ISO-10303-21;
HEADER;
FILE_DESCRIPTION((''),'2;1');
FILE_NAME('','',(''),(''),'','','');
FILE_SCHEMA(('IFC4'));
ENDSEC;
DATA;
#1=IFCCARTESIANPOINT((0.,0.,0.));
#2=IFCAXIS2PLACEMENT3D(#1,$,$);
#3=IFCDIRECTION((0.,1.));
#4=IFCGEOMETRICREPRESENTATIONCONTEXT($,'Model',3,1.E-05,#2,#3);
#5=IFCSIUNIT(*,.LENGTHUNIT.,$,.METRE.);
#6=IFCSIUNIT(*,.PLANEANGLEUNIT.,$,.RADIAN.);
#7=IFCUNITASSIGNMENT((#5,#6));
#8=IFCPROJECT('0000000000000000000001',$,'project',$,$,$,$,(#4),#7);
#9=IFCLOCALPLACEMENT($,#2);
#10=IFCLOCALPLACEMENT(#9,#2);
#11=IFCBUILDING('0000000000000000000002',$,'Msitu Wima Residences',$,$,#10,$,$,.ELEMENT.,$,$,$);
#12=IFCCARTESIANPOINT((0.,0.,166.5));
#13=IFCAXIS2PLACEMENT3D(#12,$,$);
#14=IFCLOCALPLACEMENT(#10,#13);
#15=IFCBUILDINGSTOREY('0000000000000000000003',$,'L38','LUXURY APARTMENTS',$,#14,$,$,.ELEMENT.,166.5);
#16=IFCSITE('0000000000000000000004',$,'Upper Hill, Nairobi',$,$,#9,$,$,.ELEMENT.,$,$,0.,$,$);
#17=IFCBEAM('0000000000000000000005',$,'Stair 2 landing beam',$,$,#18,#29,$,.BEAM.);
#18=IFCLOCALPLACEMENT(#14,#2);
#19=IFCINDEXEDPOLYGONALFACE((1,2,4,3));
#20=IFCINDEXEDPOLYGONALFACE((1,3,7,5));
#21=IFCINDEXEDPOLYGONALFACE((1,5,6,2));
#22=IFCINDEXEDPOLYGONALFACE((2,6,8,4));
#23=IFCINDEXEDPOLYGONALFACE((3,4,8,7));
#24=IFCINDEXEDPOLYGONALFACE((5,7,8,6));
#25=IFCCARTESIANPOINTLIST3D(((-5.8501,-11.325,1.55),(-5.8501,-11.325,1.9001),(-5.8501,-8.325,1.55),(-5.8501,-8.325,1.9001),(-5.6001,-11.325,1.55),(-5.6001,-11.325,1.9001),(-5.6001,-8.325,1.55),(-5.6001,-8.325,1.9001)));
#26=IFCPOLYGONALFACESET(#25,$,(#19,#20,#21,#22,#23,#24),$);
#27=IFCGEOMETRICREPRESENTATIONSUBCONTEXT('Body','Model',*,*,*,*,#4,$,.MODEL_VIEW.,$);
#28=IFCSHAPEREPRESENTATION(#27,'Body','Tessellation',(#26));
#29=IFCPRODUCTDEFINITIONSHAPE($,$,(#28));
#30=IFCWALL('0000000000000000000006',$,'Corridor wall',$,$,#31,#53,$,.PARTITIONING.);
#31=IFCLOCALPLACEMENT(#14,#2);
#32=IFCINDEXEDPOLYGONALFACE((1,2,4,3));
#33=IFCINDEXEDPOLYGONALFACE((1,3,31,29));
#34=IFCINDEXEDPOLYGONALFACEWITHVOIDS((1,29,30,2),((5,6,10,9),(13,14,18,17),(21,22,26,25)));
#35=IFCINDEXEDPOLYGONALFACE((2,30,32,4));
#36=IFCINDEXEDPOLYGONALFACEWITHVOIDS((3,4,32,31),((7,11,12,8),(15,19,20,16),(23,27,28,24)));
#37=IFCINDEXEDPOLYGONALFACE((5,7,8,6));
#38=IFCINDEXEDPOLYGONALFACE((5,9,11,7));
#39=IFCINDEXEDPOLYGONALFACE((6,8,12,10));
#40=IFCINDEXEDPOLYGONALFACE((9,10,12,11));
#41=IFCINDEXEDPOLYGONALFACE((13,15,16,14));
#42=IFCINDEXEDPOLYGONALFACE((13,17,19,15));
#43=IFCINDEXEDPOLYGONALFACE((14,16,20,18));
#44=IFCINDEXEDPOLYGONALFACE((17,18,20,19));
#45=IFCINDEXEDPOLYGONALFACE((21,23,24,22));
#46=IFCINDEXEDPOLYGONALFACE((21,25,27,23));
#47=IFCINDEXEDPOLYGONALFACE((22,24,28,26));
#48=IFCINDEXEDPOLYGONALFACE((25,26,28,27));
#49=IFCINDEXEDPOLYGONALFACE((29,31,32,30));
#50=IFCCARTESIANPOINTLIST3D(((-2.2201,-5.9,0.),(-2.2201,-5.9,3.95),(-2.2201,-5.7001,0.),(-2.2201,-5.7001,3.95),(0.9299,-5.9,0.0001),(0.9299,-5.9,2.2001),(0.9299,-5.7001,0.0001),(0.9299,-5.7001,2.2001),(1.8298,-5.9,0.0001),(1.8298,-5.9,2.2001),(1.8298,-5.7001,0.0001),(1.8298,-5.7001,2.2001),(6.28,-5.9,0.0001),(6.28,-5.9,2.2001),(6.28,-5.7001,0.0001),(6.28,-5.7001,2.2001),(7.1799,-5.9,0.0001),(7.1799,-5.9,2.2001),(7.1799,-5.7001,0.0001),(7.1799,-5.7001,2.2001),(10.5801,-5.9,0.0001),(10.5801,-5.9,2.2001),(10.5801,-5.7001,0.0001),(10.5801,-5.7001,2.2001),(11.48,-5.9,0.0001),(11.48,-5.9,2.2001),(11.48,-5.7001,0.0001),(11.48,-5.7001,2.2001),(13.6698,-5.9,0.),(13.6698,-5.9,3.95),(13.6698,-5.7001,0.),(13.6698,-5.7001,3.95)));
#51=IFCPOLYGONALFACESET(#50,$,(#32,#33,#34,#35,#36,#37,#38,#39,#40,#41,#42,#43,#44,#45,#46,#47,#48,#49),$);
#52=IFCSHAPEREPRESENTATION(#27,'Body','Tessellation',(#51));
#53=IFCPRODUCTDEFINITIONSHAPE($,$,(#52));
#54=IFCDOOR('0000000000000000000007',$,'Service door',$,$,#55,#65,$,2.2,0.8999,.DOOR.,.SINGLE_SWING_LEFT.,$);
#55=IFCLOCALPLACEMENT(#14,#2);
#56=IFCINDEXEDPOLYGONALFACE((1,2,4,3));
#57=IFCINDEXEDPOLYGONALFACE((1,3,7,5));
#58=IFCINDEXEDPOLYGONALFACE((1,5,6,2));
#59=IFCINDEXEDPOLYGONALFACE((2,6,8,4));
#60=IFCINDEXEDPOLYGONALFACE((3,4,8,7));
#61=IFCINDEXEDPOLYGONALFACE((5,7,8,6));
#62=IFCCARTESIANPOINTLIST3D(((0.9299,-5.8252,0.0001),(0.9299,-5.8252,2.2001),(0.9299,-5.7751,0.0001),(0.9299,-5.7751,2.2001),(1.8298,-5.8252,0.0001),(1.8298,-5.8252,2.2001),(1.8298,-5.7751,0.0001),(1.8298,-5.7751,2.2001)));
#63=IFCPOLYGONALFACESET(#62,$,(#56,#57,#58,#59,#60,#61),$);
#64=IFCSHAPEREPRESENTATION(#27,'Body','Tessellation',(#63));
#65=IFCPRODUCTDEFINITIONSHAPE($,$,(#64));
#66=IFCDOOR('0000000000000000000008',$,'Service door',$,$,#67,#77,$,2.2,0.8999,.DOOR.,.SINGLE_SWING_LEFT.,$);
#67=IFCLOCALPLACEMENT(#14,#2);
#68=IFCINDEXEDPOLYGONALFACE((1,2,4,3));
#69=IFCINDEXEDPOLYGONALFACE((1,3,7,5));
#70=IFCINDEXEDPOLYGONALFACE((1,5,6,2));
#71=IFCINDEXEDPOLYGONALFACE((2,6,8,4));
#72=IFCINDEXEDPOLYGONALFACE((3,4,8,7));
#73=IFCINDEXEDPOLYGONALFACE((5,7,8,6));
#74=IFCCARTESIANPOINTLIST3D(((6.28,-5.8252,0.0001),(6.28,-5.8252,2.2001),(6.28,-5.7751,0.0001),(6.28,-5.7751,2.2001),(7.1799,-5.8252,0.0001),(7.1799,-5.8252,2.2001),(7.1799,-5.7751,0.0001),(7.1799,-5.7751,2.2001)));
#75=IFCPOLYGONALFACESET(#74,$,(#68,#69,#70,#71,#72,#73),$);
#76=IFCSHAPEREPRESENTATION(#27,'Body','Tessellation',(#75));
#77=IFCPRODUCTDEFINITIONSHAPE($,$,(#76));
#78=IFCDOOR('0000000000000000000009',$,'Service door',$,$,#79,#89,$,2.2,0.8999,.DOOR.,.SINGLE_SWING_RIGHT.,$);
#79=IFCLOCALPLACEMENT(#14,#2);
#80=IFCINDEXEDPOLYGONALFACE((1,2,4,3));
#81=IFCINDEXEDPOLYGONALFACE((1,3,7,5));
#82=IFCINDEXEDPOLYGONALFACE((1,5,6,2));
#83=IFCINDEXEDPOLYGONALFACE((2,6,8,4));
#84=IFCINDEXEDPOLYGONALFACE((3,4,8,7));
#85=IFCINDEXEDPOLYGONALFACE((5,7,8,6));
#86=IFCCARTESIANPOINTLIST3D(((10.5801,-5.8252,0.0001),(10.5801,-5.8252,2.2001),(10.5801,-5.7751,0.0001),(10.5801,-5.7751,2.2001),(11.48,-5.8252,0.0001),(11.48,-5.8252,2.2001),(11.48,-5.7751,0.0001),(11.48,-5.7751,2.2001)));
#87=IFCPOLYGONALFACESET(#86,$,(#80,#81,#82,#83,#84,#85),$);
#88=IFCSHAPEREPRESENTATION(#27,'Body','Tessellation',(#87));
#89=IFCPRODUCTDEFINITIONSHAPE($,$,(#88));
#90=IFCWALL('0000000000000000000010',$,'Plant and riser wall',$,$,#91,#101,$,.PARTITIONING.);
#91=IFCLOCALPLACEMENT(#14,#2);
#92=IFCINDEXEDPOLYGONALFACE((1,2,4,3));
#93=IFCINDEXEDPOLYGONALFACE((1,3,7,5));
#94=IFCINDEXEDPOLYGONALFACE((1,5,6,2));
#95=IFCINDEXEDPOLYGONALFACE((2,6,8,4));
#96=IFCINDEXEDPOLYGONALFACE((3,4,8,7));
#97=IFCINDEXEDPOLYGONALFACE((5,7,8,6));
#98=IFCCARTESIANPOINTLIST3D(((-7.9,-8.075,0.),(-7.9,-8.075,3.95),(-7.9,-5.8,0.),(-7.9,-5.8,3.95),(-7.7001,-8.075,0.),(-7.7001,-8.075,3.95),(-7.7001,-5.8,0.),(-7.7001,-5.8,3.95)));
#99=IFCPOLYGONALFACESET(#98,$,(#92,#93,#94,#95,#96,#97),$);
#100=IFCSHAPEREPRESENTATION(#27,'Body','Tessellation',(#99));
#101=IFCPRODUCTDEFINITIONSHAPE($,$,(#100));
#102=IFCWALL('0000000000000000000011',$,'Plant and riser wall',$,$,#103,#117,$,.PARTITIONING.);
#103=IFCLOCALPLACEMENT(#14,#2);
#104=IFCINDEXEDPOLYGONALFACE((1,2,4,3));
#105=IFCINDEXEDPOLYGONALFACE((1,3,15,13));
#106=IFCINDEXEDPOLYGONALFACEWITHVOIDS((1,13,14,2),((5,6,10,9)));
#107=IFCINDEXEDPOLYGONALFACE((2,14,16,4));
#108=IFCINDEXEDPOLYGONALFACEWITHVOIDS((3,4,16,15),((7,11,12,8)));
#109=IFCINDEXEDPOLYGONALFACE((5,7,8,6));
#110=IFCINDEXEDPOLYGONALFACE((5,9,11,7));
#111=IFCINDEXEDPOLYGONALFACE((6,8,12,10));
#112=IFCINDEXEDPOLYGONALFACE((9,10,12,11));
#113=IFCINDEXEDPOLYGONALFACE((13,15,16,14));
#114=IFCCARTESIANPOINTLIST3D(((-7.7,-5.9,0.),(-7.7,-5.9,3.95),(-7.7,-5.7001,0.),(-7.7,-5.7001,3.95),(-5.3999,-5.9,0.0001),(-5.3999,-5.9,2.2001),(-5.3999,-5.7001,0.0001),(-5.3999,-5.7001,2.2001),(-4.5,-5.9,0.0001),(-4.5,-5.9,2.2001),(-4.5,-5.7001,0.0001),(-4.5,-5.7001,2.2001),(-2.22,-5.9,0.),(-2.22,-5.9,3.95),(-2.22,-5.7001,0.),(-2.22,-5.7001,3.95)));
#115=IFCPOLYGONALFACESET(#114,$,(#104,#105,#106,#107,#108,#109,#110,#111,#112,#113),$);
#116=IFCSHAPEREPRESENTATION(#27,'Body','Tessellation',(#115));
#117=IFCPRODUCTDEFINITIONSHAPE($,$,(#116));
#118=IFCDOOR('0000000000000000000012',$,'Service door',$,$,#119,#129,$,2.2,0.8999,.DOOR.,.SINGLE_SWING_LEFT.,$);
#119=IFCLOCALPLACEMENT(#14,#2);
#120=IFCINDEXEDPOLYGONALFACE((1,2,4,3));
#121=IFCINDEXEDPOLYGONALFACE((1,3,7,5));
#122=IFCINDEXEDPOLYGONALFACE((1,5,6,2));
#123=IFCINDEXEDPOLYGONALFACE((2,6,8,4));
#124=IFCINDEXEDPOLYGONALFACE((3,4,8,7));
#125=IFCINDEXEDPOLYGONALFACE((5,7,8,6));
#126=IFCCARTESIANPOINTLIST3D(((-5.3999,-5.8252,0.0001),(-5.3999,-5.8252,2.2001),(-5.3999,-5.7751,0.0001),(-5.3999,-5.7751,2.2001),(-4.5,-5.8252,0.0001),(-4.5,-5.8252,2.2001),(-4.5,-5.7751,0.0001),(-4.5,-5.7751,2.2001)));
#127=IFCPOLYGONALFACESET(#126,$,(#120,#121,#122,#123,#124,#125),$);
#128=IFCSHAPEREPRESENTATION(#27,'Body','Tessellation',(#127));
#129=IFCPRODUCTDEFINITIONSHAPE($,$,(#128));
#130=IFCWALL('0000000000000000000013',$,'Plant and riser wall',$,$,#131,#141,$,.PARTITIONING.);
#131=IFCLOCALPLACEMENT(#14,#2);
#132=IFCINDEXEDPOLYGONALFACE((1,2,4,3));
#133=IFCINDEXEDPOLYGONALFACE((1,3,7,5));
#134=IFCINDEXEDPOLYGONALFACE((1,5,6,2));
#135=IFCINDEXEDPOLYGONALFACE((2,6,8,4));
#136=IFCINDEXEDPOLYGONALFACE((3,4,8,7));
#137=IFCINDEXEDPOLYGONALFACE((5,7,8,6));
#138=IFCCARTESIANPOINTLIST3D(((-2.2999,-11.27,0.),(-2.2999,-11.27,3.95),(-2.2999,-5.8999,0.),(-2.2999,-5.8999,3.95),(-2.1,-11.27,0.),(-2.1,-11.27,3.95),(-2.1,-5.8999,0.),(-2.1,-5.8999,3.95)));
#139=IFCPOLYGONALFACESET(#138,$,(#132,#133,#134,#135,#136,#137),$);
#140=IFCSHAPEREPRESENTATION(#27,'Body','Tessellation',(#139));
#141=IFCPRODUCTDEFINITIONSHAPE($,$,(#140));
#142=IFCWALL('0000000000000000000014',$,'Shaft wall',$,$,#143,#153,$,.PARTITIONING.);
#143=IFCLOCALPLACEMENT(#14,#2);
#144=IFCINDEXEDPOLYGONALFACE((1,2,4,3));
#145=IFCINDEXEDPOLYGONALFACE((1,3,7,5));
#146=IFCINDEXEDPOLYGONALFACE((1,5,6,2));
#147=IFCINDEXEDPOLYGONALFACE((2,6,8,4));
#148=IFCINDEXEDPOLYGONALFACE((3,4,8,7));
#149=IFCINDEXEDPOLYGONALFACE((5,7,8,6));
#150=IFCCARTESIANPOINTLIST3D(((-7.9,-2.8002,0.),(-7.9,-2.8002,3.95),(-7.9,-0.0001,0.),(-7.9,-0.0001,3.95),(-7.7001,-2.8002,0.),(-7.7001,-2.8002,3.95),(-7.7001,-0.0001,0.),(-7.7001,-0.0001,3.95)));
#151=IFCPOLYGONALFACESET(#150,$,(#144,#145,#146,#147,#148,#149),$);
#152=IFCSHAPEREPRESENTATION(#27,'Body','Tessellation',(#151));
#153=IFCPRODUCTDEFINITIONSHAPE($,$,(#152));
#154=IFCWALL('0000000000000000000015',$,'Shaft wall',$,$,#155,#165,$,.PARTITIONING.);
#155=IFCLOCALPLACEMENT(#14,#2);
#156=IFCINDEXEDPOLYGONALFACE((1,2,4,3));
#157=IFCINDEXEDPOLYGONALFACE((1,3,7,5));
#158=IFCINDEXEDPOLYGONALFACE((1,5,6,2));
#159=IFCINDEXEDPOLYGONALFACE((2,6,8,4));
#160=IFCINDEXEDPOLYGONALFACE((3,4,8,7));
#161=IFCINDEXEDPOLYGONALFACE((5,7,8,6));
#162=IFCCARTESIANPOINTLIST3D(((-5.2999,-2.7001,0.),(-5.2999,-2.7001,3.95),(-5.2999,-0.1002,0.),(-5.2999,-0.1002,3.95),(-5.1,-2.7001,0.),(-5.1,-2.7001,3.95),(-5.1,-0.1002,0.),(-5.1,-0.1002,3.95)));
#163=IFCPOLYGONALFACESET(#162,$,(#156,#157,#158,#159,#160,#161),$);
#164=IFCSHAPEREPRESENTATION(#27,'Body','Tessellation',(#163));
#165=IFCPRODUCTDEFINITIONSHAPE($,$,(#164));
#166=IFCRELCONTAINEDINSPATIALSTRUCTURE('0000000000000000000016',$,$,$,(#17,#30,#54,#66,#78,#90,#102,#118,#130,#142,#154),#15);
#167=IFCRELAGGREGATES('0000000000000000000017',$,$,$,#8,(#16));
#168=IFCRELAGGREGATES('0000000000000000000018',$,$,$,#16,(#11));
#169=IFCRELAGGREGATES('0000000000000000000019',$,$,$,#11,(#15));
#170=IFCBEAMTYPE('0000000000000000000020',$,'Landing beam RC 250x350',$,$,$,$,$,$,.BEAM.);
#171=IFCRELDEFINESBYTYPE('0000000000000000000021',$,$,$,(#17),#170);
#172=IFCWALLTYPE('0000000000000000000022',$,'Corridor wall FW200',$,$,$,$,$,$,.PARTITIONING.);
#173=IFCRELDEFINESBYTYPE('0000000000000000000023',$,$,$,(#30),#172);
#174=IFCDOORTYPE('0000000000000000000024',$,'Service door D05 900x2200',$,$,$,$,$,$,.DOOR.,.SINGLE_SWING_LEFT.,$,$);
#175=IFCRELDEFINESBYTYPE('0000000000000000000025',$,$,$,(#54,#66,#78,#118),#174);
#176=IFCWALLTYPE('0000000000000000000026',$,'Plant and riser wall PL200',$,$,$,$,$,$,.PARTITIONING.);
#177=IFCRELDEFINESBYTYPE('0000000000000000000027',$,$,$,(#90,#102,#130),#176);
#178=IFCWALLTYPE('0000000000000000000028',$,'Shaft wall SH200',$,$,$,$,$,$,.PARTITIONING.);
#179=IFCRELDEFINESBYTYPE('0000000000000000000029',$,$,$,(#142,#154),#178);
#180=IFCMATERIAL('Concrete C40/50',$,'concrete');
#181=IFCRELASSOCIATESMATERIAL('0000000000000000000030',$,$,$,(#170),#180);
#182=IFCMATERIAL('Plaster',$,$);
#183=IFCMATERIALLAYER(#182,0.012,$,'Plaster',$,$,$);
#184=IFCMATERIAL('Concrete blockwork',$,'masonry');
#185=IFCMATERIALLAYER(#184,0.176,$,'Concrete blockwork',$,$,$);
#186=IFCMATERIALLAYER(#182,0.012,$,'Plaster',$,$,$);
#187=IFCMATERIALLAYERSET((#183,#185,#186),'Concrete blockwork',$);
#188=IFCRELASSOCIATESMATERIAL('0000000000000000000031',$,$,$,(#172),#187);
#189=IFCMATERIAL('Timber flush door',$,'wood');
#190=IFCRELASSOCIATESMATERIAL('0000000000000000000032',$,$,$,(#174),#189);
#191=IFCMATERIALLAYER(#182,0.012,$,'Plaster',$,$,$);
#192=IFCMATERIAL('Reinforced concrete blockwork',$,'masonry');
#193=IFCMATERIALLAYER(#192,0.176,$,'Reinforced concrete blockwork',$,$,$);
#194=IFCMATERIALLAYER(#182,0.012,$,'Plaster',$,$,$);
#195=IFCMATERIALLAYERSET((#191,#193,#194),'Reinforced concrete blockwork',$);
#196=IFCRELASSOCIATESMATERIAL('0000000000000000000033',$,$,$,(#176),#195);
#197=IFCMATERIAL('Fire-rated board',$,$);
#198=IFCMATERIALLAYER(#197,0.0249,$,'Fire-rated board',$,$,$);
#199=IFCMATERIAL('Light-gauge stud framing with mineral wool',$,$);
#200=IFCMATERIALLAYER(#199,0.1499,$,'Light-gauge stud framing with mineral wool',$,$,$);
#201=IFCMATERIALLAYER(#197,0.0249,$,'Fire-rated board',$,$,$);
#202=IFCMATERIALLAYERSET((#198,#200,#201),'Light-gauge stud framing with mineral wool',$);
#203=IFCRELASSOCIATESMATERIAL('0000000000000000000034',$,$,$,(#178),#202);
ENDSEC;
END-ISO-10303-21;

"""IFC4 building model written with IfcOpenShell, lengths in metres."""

from ifc_helpers import new_model, si_unit, direction, frame, frame_2d, origin, origin_2d, place, context, subcontext, project, spatial, rectangle, extrude, material, layer, layer_set, material_profile, profile_set, type_object, element, fill, save


model = new_model("IFC4")

# Units and contexts
model_context = context("Model", 3, precision=1e-05, world=origin(), true_north=direction((0.0, 1.0)))
body_context = subcontext(model_context, "Body", "Model", "MODEL_VIEW")
ifc_project = project(units=[si_unit("LENGTHUNIT", "METRE"), si_unit("PLANEANGLEUNIT", "RADIAN")], contexts=[model_context])

# Site, building, storey
site_placement = place(None, origin())
site = spatial("IfcSite", under=ifc_project, at=site_placement, Name="Upper Hill, Nairobi", CompositionType="ELEMENT", RefElevation=0.0)
building_placement = place(site_placement, origin())
building = spatial("IfcBuilding", under=site, at=building_placement, Name="Msitu Wima Residences", CompositionType="ELEMENT")
storey_placement = place(building_placement, frame((0.0, 0.0, 166.5)))
storey = spatial("IfcBuildingStorey", under=building, at=storey_placement, Name="L38", Description="LUXURY APARTMENTS", CompositionType="ELEMENT", Elevation=166.5)

# Beam
ifc_material_1 = material(Name="Concrete C40/50", Category="concrete")
ifc_material_profile = material_profile(ifc_material_1, rectangle(XDim=0.25, YDim=0.3501, at=origin_2d()), Name="RC 250x350")
ifc_profile_set = profile_set([ifc_material_profile], Name="Concrete C40/50")
beam_type = type_object("IfcBeamType", Name="Landing beam RC 250x350", PredefinedType="BEAM", material=ifc_profile_set)
beam_placement = place(storey_placement, frame((-5.7251, -11.325, 1.7251), z_axis=(0.0, 1.0, 0.0), x_axis=(-1.0, 0.0, 0.0)))
element("IfcBeam", 1, at=beam_placement, inside=storey, type_object=beam_type, Name="Stair 2 landing beam", PredefinedType="BEAM", context=body_context, shape_type="SweptSolid", body=[
    extrude(rectangle(XDim=0.25, YDim=0.3501, at=origin_2d()), origin(), (0.0, 0.0, 1.0), 3.0),
])

# Shared definitions
ifc_material_2 = material(Name="Plaster")
ifc_layer_1 = layer(ifc_material_2, 0.012, Name="Plaster")
ifc_material_3 = material(Name="Concrete blockwork", Category="masonry")
ifc_layer_2 = layer(ifc_material_3, 0.176, Name="Concrete blockwork")
ifc_layer_3 = layer(ifc_material_2, 0.012, Name="Plaster")
ifc_layer_set_1 = layer_set([ifc_layer_1, ifc_layer_2, ifc_layer_3], Name="Concrete blockwork")
wall_type_1 = type_object("IfcWallType", Name="Corridor wall FW200", PredefinedType="PARTITIONING", material=ifc_layer_set_1)

# Wall, openings, doors
wall_1_placement = place(storey_placement, frame((-2.22, -5.8, 0.0), z_axis=(0.0, 0.0, 1.0), x_axis=(1.0, 0.0, 0.0)))
wall_1 = element("IfcWall", 2, at=wall_1_placement, inside=storey, type_object=wall_type_1, Name="Corridor wall", PredefinedType="PARTITIONING", context=body_context, shape_type="SweptSolid", body=[
    extrude(rectangle(XDim=15.8899, YDim=0.2, at=frame_2d((7.9448, 0.0))), origin(), (0.0, 0.0, 1.0), 3.95),
])
opening_1_placement = place(wall_1_placement, frame((3.1499, 0.0, 0.0)))
opening_1 = element("IfcOpeningElement", 3, at=opening_1_placement, cuts=wall_1, PredefinedType="OPENING", context=body_context, shape_type="SweptSolid", body=[
    extrude(rectangle(XDim=0.8999, YDim=2.2, at=frame_2d((0.45, 1.1001))), frame((0.0, 0.1099, 0.0), z_axis=(0.0, -1.0, 0.0), x_axis=(1.0, 0.0, 0.0)), (0.0, 0.0, 1.0), 0.22),
])
opening_2_placement = place(wall_1_placement, frame((8.5, 0.0, 0.0)))
opening_2 = element("IfcOpeningElement", 4, at=opening_2_placement, cuts=wall_1, PredefinedType="OPENING", context=body_context, shape_type="SweptSolid", body=[
    extrude(rectangle(XDim=0.8999, YDim=2.2, at=frame_2d((0.45, 1.1001))), frame((0.0, 0.1099, 0.0), z_axis=(0.0, -1.0, 0.0), x_axis=(1.0, 0.0, 0.0)), (0.0, 0.0, 1.0), 0.22),
])
opening_3_placement = place(wall_1_placement, frame((12.8, 0.0, 0.0)))
opening_3 = element("IfcOpeningElement", 5, at=opening_3_placement, cuts=wall_1, PredefinedType="OPENING", context=body_context, shape_type="SweptSolid", body=[
    extrude(rectangle(XDim=0.8999, YDim=2.2, at=frame_2d((0.45, 1.1001))), frame((0.0, 0.1099, 0.0), z_axis=(0.0, -1.0, 0.0), x_axis=(1.0, 0.0, 0.0)), (0.0, 0.0, 1.0), 0.22),
])
ifc_material_4 = material(Name="Timber flush door", Category="wood")
door_type_1 = type_object("IfcDoorType", Name="Service door D05 900x2200", OperationType="SINGLE_SWING_LEFT", PredefinedType="DOOR", material=ifc_material_4)
door_1_placement = place(opening_1_placement, origin())
door_1 = element("IfcDoor", 6, at=door_1_placement, inside=storey, type_object=door_type_1, Name="Service door", OperationType="SINGLE_SWING_LEFT", OverallHeight=2.2, OverallWidth=0.8999, PredefinedType="DOOR", context=body_context, shape_type="SweptSolid", body=[
    extrude(rectangle(XDim=0.8999, YDim=2.2, at=frame_2d((0.45, 1.1001))), frame((0.0, 0.0249, 0.0), z_axis=(0.0, -1.0, 0.0), x_axis=(1.0, 0.0, 0.0)), (0.0, 0.0, 1.0), 0.05),
])
fill(opening_1, door_1)
door_2_placement = place(opening_2_placement, origin())
door_2 = element("IfcDoor", 7, at=door_2_placement, inside=storey, type_object=door_type_1, Name="Service door", OperationType="SINGLE_SWING_LEFT", OverallHeight=2.2, OverallWidth=0.8999, PredefinedType="DOOR", context=body_context, shape_type="SweptSolid", body=[
    extrude(rectangle(XDim=0.8999, YDim=2.2, at=frame_2d((0.45, 1.1001))), frame((0.0, 0.0249, 0.0), z_axis=(0.0, -1.0, 0.0), x_axis=(1.0, 0.0, 0.0)), (0.0, 0.0, 1.0), 0.05),
])
fill(opening_2, door_2)
door_3_placement = place(opening_3_placement, origin())
door_3 = element("IfcDoor", 8, at=door_3_placement, inside=storey, type_object=door_type_1, Name="Service door", OperationType="SINGLE_SWING_RIGHT", OverallHeight=2.2, OverallWidth=0.8999, PredefinedType="DOOR", context=body_context, shape_type="SweptSolid", body=[
    extrude(rectangle(XDim=0.8999, YDim=2.2, at=frame_2d((0.45, 1.1001))), frame((0.0, 0.0249, 0.0), z_axis=(0.0, -1.0, 0.0), x_axis=(1.0, 0.0, 0.0)), (0.0, 0.0, 1.0), 0.05),
])
fill(opening_3, door_3)

# Wall
ifc_layer_4 = layer(ifc_material_2, 0.012, Name="Plaster")
ifc_material_5 = material(Name="Reinforced concrete blockwork", Category="masonry")
ifc_layer_5 = layer(ifc_material_5, 0.176, Name="Reinforced concrete blockwork")
ifc_layer_6 = layer(ifc_material_2, 0.012, Name="Plaster")
ifc_layer_set_2 = layer_set([ifc_layer_4, ifc_layer_5, ifc_layer_6], Name="Reinforced concrete blockwork")
wall_type_2 = type_object("IfcWallType", Name="Plant and riser wall PL200", PredefinedType="PARTITIONING", material=ifc_layer_set_2)
wall_2_placement = place(storey_placement, frame((-7.8, -8.075, 0.0), z_axis=(0.0, 0.0, 1.0), x_axis=(0.0, 1.0, 0.0)))
element("IfcWall", 9, at=wall_2_placement, inside=storey, type_object=wall_type_2, Name="Plant and riser wall", PredefinedType="PARTITIONING", context=body_context, shape_type="SweptSolid", body=[
    extrude(rectangle(XDim=2.2749, YDim=0.2, at=frame_2d((1.1375, 0.0))), origin(), (0.0, 0.0, 1.0), 3.95),
])

# Wall, opening, door
wall_3_placement = place(storey_placement, frame((-7.7, -5.8, 0.0), z_axis=(0.0, 0.0, 1.0), x_axis=(1.0, 0.0, 0.0)))
wall_3 = element("IfcWall", 10, at=wall_3_placement, inside=storey, type_object=wall_type_2, Name="Plant and riser wall", PredefinedType="PARTITIONING", context=body_context, shape_type="SweptSolid", body=[
    extrude(rectangle(XDim=5.48, YDim=0.2, at=frame_2d((2.74, 0.0))), origin(), (0.0, 0.0, 1.0), 3.95),
])
opening_4_placement = place(wall_3_placement, frame((2.3, 0.0, 0.0)))
opening_4 = element("IfcOpeningElement", 11, at=opening_4_placement, cuts=wall_3, PredefinedType="OPENING", context=body_context, shape_type="SweptSolid", body=[
    extrude(rectangle(XDim=0.8999, YDim=2.2, at=frame_2d((0.45, 1.1001))), frame((0.0, 0.1099, 0.0), z_axis=(0.0, -1.0, 0.0), x_axis=(1.0, 0.0, 0.0)), (0.0, 0.0, 1.0), 0.22),
])
door_4_placement = place(opening_4_placement, origin())
door_4 = element("IfcDoor", 12, at=door_4_placement, inside=storey, type_object=door_type_1, Name="Service door", OperationType="SINGLE_SWING_LEFT", OverallHeight=2.2, OverallWidth=0.8999, PredefinedType="DOOR", context=body_context, shape_type="SweptSolid", body=[
    extrude(rectangle(XDim=0.8999, YDim=2.2, at=frame_2d((0.45, 1.1001))), frame((0.0, 0.0249, 0.0), z_axis=(0.0, -1.0, 0.0), x_axis=(1.0, 0.0, 0.0)), (0.0, 0.0, 1.0), 0.05),
])
fill(opening_4, door_4)

# Walls
wall_4_placement = place(storey_placement, frame((-2.2, -11.27, 0.0), z_axis=(0.0, 0.0, 1.0), x_axis=(0.0, 1.0, 0.0)))
element("IfcWall", 13, at=wall_4_placement, inside=storey, type_object=wall_type_2, Name="Plant and riser wall", PredefinedType="PARTITIONING", context=body_context, shape_type="SweptSolid", body=[
    extrude(rectangle(XDim=5.3701, YDim=0.2, at=frame_2d((2.6851, 0.0))), origin(), (0.0, 0.0, 1.0), 3.95),
])
ifc_material_6 = material(Name="Fire-rated board")
ifc_layer_7 = layer(ifc_material_6, 0.0249, Name="Fire-rated board")
ifc_material_7 = material(Name="Light-gauge stud framing with mineral wool")
ifc_layer_8 = layer(ifc_material_7, 0.1499, Name="Light-gauge stud framing with mineral wool")
ifc_layer_9 = layer(ifc_material_6, 0.0249, Name="Fire-rated board")
ifc_layer_set_3 = layer_set([ifc_layer_7, ifc_layer_8, ifc_layer_9], Name="Light-gauge stud framing with mineral wool")
wall_type_3 = type_object("IfcWallType", Name="Shaft wall SH200", PredefinedType="PARTITIONING", material=ifc_layer_set_3)
wall_5_placement = place(storey_placement, frame((-7.8, -2.8, 0.0), z_axis=(0.0, 0.0, 1.0), x_axis=(0.0, 1.0, 0.0)))
element("IfcWall", 14, at=wall_5_placement, inside=storey, type_object=wall_type_3, Name="Shaft wall", PredefinedType="PARTITIONING", context=body_context, shape_type="SweptSolid", body=[
    extrude(rectangle(XDim=2.8, YDim=0.2, at=frame_2d((1.3999, 0.0))), origin(), (0.0, 0.0, 1.0), 3.95),
])
for number, where, z_axis, x_axis, name in (
    (15, (-5.2, -2.7, 0.0), (0.0, 0.0, 1.0), (0.0, 1.0, 0.0), "Shaft wall"),
):
    element("IfcWall", number, at=place(storey_placement, frame(where, z_axis=z_axis, x_axis=x_axis)), inside=storey, type_object=wall_type_3, Name=name, PredefinedType="PARTITIONING", context=body_context, shape_type="SweptSolid", body=[
        extrude(rectangle(XDim=2.5999, YDim=0.2, at=frame_2d((1.2998, 0.0))), origin(), (0.0, 0.0, 1.0), 3.95),
    ])

save(model, "model.ifc")
